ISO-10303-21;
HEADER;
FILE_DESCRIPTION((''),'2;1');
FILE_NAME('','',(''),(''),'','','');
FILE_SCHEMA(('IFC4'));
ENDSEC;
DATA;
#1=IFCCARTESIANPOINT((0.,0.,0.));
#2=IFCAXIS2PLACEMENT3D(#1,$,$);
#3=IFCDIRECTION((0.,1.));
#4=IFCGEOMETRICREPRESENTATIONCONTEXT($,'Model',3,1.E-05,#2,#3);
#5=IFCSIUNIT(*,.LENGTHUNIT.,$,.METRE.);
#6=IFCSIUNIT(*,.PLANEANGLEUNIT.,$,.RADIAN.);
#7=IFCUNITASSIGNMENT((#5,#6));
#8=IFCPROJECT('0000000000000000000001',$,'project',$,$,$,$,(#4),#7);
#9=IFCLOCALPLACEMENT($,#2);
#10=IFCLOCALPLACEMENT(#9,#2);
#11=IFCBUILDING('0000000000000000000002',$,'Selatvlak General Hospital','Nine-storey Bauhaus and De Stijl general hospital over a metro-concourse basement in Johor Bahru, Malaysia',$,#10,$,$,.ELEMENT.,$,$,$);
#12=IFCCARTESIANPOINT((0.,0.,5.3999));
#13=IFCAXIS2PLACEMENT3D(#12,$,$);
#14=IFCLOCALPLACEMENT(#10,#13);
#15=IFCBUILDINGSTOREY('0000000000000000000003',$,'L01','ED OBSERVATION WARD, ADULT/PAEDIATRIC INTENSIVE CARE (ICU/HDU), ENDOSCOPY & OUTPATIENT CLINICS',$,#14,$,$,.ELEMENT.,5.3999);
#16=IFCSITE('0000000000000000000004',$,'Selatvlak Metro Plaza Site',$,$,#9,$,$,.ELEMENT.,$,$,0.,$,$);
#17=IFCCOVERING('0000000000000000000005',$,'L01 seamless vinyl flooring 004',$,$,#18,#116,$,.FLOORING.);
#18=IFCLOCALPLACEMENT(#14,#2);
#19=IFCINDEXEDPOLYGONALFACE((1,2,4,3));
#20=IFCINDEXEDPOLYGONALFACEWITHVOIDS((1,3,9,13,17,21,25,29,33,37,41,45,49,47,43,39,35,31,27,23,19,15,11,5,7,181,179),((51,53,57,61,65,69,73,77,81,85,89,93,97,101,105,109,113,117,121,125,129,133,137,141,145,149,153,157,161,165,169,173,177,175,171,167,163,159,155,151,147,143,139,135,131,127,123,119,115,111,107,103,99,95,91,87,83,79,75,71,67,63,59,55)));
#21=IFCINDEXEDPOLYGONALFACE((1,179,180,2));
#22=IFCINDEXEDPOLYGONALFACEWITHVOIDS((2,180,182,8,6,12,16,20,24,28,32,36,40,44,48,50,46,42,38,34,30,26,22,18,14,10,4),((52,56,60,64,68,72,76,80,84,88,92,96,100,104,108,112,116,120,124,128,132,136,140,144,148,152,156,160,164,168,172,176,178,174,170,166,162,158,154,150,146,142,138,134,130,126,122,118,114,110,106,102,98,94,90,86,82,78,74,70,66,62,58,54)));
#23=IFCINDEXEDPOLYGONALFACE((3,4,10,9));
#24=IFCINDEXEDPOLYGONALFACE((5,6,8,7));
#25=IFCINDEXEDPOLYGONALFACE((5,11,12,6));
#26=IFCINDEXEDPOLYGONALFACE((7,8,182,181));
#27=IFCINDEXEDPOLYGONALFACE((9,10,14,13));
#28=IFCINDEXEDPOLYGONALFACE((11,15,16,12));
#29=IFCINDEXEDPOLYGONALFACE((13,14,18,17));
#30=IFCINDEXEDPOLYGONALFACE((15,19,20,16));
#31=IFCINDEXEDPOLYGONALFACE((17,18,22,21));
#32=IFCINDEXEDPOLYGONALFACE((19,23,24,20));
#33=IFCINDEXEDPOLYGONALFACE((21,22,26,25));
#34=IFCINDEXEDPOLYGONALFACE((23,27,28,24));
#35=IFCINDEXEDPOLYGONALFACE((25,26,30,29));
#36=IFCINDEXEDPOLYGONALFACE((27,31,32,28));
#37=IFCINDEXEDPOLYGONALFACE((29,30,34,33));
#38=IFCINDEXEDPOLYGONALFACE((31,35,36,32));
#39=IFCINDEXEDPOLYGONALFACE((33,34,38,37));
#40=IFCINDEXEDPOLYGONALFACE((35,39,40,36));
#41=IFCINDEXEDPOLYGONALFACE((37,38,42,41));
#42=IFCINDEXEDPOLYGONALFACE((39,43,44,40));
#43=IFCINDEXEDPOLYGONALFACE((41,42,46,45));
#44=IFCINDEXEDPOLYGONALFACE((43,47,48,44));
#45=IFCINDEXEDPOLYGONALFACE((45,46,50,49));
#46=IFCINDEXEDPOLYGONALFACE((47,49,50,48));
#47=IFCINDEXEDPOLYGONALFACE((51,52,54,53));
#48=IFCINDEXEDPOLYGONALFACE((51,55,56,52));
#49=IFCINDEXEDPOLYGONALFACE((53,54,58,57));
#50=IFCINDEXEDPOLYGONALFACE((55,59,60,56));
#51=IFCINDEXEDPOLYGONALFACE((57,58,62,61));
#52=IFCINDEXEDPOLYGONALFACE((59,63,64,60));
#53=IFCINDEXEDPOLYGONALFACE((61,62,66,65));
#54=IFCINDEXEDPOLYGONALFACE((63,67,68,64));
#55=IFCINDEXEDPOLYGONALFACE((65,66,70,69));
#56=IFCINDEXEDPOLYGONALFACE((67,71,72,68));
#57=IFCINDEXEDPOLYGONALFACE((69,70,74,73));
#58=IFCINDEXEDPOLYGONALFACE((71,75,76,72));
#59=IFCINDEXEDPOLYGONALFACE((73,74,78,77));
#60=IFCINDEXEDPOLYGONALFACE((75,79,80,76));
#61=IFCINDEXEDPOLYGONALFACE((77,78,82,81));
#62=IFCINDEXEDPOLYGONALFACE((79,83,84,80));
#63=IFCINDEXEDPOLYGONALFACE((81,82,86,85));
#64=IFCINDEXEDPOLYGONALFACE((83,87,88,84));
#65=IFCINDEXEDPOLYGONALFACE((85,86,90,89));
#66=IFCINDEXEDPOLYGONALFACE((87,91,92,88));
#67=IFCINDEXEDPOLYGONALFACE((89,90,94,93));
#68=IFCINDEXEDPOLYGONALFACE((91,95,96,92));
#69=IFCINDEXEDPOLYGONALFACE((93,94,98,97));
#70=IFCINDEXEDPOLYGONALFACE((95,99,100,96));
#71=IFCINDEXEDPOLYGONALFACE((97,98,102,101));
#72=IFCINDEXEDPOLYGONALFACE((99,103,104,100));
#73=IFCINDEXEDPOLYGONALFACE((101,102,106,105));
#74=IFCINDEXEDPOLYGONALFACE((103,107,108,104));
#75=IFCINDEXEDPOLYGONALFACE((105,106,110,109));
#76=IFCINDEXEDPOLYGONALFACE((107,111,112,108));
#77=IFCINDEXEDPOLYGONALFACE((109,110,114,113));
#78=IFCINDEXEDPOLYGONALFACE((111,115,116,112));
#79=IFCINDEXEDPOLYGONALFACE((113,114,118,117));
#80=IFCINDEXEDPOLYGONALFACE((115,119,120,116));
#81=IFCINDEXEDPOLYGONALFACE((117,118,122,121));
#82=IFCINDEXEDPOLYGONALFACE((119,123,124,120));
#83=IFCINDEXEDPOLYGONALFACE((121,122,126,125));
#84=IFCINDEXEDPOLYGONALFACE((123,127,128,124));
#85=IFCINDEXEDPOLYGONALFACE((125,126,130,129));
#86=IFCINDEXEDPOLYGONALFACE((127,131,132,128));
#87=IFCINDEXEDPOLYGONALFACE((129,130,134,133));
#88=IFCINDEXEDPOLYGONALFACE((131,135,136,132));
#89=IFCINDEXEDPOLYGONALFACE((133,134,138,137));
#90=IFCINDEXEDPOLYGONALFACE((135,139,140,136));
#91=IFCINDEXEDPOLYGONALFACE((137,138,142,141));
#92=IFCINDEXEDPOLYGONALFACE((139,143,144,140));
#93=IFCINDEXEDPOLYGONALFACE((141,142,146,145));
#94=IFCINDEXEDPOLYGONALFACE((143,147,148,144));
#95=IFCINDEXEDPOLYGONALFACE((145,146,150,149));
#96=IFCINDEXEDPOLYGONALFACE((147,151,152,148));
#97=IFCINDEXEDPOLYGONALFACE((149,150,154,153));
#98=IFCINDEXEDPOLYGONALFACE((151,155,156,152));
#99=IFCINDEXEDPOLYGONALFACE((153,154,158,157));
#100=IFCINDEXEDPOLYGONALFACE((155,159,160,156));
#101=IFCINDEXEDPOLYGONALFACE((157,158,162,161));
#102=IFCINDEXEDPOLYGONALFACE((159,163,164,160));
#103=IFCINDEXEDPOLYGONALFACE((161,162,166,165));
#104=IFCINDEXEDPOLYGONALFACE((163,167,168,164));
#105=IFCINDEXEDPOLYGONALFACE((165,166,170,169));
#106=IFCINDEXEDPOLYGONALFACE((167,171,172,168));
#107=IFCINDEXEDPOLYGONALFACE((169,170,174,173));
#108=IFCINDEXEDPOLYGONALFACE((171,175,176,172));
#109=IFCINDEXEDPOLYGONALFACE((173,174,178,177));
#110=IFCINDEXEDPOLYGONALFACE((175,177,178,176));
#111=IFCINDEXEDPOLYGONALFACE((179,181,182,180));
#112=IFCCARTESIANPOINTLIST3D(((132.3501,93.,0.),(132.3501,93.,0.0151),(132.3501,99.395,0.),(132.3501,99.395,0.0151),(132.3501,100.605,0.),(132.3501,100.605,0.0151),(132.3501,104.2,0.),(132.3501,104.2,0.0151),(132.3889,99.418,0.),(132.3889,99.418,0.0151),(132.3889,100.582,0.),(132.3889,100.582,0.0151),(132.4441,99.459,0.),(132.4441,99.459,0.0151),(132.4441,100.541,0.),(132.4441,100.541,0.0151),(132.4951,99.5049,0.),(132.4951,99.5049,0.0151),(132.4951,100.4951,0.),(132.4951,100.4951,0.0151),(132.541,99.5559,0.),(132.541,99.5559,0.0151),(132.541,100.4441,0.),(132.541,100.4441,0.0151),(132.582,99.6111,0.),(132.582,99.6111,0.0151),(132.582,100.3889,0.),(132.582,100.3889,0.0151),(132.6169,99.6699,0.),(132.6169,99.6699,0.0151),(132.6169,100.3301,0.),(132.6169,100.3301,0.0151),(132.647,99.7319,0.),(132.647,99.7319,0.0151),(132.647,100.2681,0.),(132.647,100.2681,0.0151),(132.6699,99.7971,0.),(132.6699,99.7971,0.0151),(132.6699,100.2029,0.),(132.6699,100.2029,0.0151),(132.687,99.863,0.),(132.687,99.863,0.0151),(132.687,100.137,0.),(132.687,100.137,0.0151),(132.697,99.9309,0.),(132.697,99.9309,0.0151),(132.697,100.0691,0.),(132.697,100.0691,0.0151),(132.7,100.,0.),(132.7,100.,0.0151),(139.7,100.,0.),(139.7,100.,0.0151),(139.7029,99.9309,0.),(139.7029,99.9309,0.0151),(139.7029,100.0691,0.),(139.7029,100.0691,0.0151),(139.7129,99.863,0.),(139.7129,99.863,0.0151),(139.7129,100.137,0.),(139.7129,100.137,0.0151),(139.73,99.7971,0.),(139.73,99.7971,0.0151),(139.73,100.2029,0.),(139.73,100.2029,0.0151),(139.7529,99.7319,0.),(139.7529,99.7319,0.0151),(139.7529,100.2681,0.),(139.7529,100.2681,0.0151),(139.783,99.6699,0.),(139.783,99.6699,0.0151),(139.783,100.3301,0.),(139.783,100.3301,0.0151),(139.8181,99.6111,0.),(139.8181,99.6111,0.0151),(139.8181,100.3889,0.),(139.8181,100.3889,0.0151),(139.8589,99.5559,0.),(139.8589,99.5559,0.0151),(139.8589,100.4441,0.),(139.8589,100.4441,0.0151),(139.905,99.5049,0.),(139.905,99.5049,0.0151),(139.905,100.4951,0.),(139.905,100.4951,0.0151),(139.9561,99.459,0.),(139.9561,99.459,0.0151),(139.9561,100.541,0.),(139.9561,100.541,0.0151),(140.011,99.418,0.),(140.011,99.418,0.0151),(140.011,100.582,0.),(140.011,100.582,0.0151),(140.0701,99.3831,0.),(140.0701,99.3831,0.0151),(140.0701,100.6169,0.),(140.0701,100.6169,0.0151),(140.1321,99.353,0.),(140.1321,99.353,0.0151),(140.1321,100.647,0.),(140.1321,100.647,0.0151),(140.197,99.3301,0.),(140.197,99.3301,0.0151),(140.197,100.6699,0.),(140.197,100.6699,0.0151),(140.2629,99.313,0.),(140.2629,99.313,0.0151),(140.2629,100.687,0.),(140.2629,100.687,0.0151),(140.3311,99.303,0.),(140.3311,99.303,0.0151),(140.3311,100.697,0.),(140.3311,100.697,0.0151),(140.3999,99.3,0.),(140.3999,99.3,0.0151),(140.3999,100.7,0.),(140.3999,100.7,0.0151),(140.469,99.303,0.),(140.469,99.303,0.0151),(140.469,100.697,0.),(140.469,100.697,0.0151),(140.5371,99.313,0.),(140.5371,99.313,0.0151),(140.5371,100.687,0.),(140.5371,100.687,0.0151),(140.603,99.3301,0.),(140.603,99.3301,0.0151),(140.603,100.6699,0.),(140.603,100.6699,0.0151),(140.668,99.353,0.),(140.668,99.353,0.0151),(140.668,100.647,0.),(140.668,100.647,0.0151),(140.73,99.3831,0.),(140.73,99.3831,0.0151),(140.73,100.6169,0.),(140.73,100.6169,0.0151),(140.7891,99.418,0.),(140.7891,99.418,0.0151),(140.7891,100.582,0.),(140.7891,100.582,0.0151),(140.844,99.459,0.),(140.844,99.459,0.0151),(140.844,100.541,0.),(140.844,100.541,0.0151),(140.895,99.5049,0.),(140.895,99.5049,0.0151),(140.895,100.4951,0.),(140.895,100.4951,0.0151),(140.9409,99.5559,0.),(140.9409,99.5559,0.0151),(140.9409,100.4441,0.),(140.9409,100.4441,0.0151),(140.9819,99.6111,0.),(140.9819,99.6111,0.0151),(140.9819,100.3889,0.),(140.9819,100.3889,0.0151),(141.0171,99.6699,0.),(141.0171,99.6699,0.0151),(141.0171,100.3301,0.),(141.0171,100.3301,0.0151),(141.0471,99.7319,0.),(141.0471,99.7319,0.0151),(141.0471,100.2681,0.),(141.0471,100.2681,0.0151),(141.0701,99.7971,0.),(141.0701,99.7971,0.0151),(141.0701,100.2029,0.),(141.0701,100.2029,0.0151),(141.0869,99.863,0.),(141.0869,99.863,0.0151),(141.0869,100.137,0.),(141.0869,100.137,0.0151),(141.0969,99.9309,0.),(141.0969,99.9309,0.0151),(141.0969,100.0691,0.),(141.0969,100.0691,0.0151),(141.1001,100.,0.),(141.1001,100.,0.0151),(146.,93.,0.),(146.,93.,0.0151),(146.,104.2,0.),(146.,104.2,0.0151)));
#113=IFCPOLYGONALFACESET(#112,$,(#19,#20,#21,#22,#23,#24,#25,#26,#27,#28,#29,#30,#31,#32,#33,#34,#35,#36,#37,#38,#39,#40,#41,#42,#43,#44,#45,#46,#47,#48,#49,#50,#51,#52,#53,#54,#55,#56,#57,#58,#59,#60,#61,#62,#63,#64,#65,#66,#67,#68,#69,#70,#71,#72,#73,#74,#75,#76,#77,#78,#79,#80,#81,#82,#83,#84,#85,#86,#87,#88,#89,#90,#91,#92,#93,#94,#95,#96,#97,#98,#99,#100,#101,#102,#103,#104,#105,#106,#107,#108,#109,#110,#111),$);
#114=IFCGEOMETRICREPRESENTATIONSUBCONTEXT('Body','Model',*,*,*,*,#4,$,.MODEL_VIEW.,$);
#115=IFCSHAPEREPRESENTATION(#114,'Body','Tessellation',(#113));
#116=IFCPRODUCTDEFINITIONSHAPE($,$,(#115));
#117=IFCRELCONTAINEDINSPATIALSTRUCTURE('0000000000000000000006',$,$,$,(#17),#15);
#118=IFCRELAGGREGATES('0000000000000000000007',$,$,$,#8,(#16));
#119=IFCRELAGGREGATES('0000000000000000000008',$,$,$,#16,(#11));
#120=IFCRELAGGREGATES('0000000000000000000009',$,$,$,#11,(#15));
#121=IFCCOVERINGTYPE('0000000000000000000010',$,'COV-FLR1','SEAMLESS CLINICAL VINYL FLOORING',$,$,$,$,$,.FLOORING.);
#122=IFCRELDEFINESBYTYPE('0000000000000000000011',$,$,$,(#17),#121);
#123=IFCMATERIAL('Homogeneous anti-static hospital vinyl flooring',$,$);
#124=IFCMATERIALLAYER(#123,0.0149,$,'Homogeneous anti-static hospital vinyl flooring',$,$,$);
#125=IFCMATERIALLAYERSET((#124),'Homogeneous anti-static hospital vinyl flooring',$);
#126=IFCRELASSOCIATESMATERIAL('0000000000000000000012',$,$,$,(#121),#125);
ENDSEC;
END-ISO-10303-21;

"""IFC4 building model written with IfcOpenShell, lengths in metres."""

from ifc_helpers import new_model, si_unit, direction, frame, origin, place, context, subcontext, project, spatial, polyline, outline, extrude, material, layer, layer_set, type_object, element, save


model = new_model("IFC4")

# Units and contexts
model_context = context("Model", 3, precision=1e-05, world=origin(), true_north=direction((0.0, 1.0)))
body_context = subcontext(model_context, "Body", "Model", "MODEL_VIEW")
ifc_project = project(units=[si_unit("LENGTHUNIT", "METRE"), si_unit("PLANEANGLEUNIT", "RADIAN")], contexts=[model_context])

# Site, building, storey
site_placement = place(None, origin())
site = spatial("IfcSite", under=ifc_project, at=site_placement, Name="Selatvlak Metro Plaza Site", CompositionType="ELEMENT", RefElevation=0.0)
building_placement = place(site_placement, origin())
building = spatial("IfcBuilding", under=site, at=building_placement, Name="Selatvlak General Hospital", Description="Nine-storey Bauhaus and De Stijl general hospital over a metro-concourse basement in Johor Bahru, Malaysia", CompositionType="ELEMENT")
storey_placement = place(building_placement, frame((0.0, 0.0, 5.3999)))
storey = spatial("IfcBuildingStorey", under=building, at=storey_placement, Name="L01", Description="ED OBSERVATION WARD, ADULT/PAEDIATRIC INTENSIVE CARE (ICU/HDU), ENDOSCOPY & OUTPATIENT CLINICS", CompositionType="ELEMENT", Elevation=5.3999)

# Covering
ifc_material_1 = material(Name="Homogeneous anti-static hospital vinyl flooring")
ifc_layer_1 = layer(ifc_material_1, 0.0149, Name="Homogeneous anti-static hospital vinyl flooring")
ifc_layer_set_1 = layer_set([ifc_layer_1], Name="Homogeneous anti-static hospital vinyl flooring")
covering_type_1 = type_object("IfcCoveringType", Name="COV-FLR1", Description="SEAMLESS CLINICAL VINYL FLOORING", PredefinedType="FLOORING", material=ifc_layer_set_1)
covering_1_placement = place(storey_placement, origin())
element("IfcCovering", 1, at=covering_1_placement, inside=storey, type_object=covering_type_1, Name="L01 seamless vinyl flooring 004", PredefinedType="FLOORING", context=body_context, shape_type="SweptSolid", body=[
    extrude(outline(polyline([(146.0, 104.2), (146.0, 93.0), (132.3501, 93.0), (132.3501, 99.395), (132.3889, 99.418), (132.4441, 99.459), (132.4951, 99.5049), (132.541, 99.5559), (132.582, 99.6111), (132.6169, 99.6699), (132.647, 99.7319), (132.6699, 99.7971), (132.687, 99.863), (132.697, 99.9309), (132.7, 100.0), (132.697, 100.0691), (132.687, 100.137), (132.6699, 100.2029), (132.647, 100.2681), (132.6169, 100.3301), (132.582, 100.3889), (132.541, 100.4441), (132.4951, 100.4951), (132.4441, 100.541), (132.3889, 100.582), (132.3501, 100.605), (132.3501, 104.2), (146.0, 104.2)]), holes=[polyline([(140.895, 99.5049), (140.9409, 99.5559), (140.9819, 99.6111), (141.0171, 99.6699), (141.0471, 99.7319), (141.0701, 99.7971), (141.0869, 99.863), (141.0969, 99.9309), (141.1001, 100.0), (141.0969, 100.0691), (141.0869, 100.137), (141.0701, 100.2029), (141.0471, 100.2681), (141.0171, 100.3301), (140.9819, 100.3889), (140.9409, 100.4441), (140.895, 100.4951), (140.844, 100.541), (140.7891, 100.582), (140.73, 100.6169), (140.668, 100.647), (140.603, 100.6699), (140.5371, 100.687), (140.469, 100.697), (140.3999, 100.7), (140.3311, 100.697), (140.2629, 100.687), (140.197, 100.6699), (140.1321, 100.647), (140.0701, 100.6169), (140.011, 100.582), (139.9561, 100.541), (139.905, 100.4951), (139.8589, 100.4441), (139.8181, 100.3889), (139.783, 100.3301), (139.7529, 100.2681), (139.73, 100.2029), (139.7129, 100.137), (139.7029, 100.0691), (139.7, 100.0), (139.7029, 99.9309), (139.7129, 99.863), (139.73, 99.7971), (139.7529, 99.7319), (139.783, 99.6699), (139.8181, 99.6111), (139.8589, 99.5559), (139.905, 99.5049), (139.9561, 99.459), (140.011, 99.418), (140.0701, 99.3831), (140.1321, 99.353), (140.197, 99.3301), (140.2629, 99.313), (140.3311, 99.303), (140.3999, 99.3), (140.469, 99.303), (140.5371, 99.313), (140.603, 99.3301), (140.668, 99.353), (140.73, 99.3831), (140.7891, 99.418), (140.844, 99.459), (140.895, 99.5049)])]), origin(), (0.0, 0.0, 1.0), 0.0151),
])

save(model, "model.ifc")
